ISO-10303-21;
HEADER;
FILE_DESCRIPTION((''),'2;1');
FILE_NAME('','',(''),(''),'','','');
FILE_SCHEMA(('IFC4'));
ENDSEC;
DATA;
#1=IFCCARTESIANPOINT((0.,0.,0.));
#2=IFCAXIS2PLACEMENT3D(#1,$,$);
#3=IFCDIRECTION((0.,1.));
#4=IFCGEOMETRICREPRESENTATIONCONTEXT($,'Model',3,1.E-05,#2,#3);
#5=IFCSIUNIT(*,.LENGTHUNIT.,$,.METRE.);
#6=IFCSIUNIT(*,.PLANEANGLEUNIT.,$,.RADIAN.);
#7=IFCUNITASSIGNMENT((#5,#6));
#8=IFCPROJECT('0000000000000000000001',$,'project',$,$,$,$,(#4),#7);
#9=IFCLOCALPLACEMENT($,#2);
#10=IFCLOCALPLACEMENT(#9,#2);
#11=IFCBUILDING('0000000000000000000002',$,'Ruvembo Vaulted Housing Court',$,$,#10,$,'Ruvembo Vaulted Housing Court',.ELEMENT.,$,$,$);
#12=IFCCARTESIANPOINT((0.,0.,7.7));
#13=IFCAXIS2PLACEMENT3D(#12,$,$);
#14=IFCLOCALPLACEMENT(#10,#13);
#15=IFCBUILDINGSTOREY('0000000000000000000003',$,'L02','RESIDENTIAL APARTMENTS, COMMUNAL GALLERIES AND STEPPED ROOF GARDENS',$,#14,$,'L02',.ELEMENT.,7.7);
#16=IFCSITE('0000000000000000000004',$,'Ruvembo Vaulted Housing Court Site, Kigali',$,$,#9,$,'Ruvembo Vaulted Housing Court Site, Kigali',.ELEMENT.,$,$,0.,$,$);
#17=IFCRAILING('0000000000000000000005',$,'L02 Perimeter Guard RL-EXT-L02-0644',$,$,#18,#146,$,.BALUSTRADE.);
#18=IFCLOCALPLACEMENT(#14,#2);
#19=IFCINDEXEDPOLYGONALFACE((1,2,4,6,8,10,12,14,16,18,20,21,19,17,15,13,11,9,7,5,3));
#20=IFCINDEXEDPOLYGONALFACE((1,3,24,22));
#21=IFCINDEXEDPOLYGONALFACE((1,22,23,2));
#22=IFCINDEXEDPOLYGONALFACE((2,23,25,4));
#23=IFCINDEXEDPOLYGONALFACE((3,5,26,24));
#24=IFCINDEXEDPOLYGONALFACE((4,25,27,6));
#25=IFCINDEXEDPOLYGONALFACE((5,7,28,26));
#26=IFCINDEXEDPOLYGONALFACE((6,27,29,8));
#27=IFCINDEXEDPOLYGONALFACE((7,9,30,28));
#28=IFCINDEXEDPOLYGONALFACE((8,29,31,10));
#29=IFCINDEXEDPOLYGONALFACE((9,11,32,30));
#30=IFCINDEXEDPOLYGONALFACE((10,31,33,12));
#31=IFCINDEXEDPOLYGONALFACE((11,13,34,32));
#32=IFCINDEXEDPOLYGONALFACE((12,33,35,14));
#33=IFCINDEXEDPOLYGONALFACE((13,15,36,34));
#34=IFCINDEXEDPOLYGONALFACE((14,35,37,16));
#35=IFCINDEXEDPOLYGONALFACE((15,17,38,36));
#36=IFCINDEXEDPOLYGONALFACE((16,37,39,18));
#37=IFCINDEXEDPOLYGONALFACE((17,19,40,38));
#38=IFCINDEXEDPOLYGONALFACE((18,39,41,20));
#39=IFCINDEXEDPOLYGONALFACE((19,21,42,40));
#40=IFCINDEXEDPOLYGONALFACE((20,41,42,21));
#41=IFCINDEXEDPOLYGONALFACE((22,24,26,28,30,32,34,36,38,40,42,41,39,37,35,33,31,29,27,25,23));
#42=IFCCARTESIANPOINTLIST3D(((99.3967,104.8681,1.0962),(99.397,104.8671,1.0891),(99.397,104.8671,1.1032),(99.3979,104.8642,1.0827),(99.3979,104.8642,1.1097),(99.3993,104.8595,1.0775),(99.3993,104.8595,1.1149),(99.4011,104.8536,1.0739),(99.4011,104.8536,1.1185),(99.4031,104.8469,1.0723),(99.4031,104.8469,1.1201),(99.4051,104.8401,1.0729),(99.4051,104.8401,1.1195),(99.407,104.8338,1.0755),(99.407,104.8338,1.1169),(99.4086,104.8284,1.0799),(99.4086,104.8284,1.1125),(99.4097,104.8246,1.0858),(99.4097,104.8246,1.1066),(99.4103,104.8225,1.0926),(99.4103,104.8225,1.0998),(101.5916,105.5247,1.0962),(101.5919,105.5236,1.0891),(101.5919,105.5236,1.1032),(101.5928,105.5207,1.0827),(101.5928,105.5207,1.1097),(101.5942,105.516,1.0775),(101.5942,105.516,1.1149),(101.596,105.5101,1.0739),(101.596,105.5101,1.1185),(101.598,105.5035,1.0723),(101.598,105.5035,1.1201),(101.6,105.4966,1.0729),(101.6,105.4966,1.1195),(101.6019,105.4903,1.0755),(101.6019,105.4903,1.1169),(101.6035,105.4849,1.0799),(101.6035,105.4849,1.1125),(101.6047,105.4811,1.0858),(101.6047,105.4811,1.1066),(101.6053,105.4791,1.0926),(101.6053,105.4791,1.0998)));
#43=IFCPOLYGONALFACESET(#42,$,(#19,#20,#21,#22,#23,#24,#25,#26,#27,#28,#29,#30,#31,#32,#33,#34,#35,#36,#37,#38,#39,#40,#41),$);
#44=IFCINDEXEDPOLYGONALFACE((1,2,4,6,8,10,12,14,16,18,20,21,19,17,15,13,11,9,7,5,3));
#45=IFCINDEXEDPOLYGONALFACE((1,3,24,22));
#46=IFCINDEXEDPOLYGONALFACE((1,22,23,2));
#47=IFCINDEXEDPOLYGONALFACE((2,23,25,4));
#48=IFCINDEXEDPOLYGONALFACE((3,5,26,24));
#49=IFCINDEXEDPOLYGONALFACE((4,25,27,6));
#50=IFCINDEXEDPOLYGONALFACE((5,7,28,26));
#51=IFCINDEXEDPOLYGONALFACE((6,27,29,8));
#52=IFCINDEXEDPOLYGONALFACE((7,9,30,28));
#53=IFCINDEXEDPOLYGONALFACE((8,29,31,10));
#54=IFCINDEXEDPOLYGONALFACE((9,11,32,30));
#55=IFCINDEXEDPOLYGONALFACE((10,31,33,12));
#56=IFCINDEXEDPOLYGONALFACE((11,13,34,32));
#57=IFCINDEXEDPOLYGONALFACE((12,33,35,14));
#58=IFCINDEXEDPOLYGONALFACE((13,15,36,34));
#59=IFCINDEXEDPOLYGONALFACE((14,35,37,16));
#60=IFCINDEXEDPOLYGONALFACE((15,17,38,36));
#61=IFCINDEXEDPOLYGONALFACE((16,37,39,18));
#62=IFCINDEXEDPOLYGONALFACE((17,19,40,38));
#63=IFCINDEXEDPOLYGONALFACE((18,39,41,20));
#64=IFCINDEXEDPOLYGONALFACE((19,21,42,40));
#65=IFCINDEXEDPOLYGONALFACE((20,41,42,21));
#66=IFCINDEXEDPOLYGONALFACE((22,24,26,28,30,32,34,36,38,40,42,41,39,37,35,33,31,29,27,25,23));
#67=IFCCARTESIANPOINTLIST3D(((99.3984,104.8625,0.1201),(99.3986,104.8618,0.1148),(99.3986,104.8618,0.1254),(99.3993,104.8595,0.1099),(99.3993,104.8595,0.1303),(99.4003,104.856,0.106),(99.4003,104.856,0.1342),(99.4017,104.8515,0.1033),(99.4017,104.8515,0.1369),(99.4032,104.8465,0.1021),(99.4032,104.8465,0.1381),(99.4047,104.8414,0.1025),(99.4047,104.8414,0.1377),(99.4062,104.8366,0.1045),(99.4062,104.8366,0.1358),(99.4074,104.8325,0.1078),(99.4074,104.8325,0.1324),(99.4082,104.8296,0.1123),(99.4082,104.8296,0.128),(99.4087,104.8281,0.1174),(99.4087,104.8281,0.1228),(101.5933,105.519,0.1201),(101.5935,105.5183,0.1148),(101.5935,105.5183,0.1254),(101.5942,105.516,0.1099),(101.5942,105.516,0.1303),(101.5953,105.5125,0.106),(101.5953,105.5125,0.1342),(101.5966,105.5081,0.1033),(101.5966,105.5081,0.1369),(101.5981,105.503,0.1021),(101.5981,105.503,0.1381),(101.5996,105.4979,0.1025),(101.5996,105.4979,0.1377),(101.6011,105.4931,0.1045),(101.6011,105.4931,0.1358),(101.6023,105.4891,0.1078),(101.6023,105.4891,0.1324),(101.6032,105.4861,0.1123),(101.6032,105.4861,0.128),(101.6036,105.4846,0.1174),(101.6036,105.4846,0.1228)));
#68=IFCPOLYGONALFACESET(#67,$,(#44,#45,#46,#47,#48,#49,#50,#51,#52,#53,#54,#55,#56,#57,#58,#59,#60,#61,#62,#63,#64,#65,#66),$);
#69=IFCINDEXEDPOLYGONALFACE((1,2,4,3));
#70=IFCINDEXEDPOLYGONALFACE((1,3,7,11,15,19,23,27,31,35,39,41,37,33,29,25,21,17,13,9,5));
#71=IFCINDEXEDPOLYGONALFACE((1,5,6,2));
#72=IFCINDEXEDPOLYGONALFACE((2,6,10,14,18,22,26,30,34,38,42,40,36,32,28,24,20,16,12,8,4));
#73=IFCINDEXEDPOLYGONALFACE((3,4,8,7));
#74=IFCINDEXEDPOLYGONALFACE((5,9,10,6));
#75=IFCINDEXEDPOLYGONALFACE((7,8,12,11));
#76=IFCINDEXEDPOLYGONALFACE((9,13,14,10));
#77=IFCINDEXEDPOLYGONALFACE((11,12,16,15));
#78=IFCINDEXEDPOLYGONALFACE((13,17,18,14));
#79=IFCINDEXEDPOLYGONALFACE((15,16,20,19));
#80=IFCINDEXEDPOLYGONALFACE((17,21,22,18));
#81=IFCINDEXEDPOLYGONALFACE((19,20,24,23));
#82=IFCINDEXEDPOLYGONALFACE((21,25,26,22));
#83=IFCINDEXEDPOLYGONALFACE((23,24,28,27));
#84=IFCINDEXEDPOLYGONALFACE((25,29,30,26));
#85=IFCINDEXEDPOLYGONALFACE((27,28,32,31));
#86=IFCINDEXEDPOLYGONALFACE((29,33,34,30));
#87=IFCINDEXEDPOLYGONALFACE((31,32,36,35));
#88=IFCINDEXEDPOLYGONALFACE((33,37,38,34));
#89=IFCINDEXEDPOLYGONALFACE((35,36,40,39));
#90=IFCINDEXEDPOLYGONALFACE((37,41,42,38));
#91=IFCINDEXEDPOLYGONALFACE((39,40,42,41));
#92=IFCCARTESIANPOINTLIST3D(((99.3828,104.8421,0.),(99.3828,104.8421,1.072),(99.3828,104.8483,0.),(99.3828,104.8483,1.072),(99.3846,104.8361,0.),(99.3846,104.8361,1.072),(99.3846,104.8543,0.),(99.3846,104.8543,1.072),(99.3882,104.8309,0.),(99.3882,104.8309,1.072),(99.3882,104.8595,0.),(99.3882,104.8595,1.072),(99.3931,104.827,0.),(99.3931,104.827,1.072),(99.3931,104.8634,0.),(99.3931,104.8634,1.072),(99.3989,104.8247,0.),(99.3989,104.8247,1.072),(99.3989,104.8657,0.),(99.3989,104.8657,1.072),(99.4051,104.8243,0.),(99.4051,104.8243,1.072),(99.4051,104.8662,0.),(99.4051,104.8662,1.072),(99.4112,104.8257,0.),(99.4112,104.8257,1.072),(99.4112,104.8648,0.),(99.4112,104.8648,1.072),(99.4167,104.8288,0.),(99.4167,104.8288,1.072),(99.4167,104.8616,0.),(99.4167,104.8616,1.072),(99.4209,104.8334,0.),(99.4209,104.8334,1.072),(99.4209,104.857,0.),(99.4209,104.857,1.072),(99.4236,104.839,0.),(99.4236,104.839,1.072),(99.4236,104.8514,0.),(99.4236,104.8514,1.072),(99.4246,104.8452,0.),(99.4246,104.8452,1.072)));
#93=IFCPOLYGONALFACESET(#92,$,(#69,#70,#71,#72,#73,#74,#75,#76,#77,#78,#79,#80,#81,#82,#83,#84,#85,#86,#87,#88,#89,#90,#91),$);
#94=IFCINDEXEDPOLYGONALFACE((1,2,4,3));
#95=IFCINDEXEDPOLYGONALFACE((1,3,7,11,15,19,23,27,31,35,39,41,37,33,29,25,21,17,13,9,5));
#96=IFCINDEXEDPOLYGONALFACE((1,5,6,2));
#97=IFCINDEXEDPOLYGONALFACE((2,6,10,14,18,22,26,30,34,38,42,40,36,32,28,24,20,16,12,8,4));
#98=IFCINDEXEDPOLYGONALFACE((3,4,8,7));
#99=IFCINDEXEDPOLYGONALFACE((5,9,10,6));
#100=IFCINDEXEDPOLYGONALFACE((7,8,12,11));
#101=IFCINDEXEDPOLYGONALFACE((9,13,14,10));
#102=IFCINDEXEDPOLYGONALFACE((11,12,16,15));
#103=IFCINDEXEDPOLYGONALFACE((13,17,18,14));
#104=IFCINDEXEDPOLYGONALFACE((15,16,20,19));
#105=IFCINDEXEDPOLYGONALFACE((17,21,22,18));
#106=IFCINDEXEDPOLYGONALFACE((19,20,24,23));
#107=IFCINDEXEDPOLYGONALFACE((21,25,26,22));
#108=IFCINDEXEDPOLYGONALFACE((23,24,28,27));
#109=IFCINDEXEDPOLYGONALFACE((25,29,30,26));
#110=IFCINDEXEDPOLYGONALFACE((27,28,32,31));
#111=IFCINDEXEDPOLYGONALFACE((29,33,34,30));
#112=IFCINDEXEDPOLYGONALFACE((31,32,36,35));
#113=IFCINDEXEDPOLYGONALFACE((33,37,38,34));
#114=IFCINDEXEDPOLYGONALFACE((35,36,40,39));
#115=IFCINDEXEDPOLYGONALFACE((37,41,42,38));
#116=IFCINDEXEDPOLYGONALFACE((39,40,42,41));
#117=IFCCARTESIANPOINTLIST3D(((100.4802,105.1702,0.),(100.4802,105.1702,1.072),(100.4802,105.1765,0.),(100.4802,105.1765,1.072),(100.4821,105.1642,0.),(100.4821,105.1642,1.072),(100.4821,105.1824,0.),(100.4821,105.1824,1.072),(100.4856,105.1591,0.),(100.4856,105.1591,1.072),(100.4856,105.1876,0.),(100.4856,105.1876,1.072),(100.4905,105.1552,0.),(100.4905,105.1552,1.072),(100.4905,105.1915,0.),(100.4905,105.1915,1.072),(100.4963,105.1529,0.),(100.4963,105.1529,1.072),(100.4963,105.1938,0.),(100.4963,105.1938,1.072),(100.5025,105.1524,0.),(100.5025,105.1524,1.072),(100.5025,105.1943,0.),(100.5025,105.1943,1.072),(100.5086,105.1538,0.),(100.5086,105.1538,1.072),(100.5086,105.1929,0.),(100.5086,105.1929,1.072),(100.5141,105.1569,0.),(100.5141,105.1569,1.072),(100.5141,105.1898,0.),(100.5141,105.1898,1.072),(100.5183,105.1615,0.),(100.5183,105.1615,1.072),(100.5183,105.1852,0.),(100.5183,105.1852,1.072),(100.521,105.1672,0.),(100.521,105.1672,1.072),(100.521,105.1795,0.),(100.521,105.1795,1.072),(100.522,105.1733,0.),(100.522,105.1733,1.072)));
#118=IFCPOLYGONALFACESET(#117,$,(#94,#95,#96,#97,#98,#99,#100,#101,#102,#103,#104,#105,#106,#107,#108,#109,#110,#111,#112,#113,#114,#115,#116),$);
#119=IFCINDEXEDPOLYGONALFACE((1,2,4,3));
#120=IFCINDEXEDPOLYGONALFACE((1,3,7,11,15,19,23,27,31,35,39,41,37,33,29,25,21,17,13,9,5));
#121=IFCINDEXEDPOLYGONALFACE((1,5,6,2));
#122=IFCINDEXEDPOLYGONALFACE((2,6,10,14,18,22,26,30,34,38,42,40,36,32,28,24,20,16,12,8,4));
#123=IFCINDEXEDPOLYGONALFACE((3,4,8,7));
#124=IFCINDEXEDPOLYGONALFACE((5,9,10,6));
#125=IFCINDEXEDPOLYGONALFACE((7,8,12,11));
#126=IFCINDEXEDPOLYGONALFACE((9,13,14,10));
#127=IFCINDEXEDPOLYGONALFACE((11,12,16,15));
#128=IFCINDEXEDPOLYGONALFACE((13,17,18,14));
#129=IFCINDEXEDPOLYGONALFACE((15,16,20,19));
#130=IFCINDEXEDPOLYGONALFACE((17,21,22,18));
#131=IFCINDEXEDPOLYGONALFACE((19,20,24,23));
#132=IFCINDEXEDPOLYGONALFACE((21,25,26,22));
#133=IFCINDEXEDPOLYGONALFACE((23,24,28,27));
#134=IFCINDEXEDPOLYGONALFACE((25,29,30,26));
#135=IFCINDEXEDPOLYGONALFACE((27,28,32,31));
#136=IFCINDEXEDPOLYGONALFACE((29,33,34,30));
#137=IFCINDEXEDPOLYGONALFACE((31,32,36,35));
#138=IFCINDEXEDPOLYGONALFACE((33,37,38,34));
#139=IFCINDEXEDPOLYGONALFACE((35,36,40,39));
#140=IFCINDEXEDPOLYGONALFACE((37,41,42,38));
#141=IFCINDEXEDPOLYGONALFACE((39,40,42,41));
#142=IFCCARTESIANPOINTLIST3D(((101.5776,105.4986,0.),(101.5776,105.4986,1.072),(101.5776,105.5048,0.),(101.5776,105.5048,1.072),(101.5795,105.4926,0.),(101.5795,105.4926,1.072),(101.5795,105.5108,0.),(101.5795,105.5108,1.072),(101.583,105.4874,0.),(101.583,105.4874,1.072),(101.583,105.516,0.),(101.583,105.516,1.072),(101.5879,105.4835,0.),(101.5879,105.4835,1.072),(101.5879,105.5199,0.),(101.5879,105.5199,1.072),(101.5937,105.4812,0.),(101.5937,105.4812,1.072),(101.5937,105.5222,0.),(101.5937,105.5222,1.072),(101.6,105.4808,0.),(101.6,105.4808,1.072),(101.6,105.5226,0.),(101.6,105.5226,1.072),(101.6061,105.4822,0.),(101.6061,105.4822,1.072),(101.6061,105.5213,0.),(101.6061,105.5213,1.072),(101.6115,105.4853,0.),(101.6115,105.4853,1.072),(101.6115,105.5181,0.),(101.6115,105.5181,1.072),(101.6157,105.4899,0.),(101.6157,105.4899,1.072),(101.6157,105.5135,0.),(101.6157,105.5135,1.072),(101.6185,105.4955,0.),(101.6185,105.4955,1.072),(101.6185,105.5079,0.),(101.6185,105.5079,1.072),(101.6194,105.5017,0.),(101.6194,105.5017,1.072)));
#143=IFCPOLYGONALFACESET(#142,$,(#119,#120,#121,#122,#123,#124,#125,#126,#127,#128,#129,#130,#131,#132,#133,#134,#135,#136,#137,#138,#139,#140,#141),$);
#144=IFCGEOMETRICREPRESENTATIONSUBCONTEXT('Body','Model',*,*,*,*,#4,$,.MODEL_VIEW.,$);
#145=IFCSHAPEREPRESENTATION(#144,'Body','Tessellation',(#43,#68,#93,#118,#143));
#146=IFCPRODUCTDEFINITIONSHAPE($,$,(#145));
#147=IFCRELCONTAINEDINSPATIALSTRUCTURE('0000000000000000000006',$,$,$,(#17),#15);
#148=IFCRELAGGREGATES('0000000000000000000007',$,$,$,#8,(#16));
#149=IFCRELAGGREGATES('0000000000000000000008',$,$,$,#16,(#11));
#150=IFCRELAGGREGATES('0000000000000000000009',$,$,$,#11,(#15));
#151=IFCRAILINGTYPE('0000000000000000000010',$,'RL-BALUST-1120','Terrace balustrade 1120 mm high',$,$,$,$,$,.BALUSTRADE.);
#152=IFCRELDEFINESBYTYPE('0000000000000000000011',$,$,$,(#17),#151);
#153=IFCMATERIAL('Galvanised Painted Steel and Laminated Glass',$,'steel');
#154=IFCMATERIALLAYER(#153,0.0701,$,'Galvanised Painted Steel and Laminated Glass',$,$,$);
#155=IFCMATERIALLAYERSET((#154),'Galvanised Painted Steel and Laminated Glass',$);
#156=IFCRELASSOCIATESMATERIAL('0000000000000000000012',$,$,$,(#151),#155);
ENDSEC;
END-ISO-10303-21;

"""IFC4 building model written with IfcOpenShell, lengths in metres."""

from ifc_helpers import new_model, si_unit, direction, frame, origin, origin_2d, place, context, subcontext, project, spatial, circle, extrude, material, layer, layer_set, type_object, element, save


model = new_model("IFC4")

# Units and contexts
model_context = context("Model", 3, precision=1e-05, world=origin(), true_north=direction((0.0, 1.0)))
body_context = subcontext(model_context, "Body", "Model", "MODEL_VIEW")
ifc_project = project(units=[si_unit("LENGTHUNIT", "METRE"), si_unit("PLANEANGLEUNIT", "RADIAN")], contexts=[model_context])

# Site, building, storey
site_placement = place(None, origin())
site = spatial("IfcSite", under=ifc_project, at=site_placement, Name="Ruvembo Vaulted Housing Court Site, Kigali", LongName="Ruvembo Vaulted Housing Court Site, Kigali", CompositionType="ELEMENT", RefElevation=0.0)
building_placement = place(site_placement, origin())
building = spatial("IfcBuilding", under=site, at=building_placement, Name="Ruvembo Vaulted Housing Court", LongName="Ruvembo Vaulted Housing Court", CompositionType="ELEMENT")
storey_placement = place(building_placement, frame((0.0, 0.0, 7.7)))
storey = spatial("IfcBuildingStorey", under=building, at=storey_placement, Name="L02", Description="RESIDENTIAL APARTMENTS, COMMUNAL GALLERIES AND STEPPED ROOF GARDENS", LongName="L02", CompositionType="ELEMENT", Elevation=7.7)

# Railing
ifc_material_1 = material(Name="Galvanised Painted Steel and Laminated Glass", Category="steel")
ifc_layer_1 = layer(ifc_material_1, 0.0701, Name="Galvanised Painted Steel and Laminated Glass")
ifc_layer_set_1 = layer_set([ifc_layer_1], Name="Galvanised Painted Steel and Laminated Glass")
railing_type = type_object("IfcRailingType", Name="RL-BALUST-1120", Description="Terrace balustrade 1120 mm high", PredefinedType="BALUSTRADE", material=ifc_layer_set_1)
railing_1_placement = place(storey_placement, frame((99.4036, 104.8452, 0.0)))
element("IfcRailing", 1, at=railing_1_placement, inside=storey, type_object=railing_type, Name="L02 Perimeter Guard RL-EXT-L02-0644", PredefinedType="BALUSTRADE", context=body_context, shape_type="SweptSolid", body=[
    extrude(circle(Radius=0.0239, at=origin_2d()), frame((0.0, 0.0, 1.0962), z_axis=(0.958061, 0.286566, 0.0), x_axis=(-0.286566, 0.958061, 0.0)), (0.0, 0.0, 1.0), 2.291),
    extrude(circle(Radius=0.0181, at=origin_2d()), frame((0.0, 0.0, 0.1201), z_axis=(0.958061, 0.286566, 0.0), x_axis=(-0.286566, 0.958061, 0.0)), (0.0, 0.0, 1.0), 2.291),
    extrude(circle(Radius=0.021, at=origin_2d()), origin(), (0.0, 0.0, 1.0), 1.072),
    extrude(circle(Radius=0.021, at=origin_2d()), frame((1.0974, 0.3281, 0.0)), (0.0, 0.0, 1.0), 1.072),
    extrude(circle(Radius=0.021, at=origin_2d()), frame((2.1948, 0.6565, 0.0)), (0.0, 0.0, 1.0), 1.072),
])

save(model, "model.ifc")
